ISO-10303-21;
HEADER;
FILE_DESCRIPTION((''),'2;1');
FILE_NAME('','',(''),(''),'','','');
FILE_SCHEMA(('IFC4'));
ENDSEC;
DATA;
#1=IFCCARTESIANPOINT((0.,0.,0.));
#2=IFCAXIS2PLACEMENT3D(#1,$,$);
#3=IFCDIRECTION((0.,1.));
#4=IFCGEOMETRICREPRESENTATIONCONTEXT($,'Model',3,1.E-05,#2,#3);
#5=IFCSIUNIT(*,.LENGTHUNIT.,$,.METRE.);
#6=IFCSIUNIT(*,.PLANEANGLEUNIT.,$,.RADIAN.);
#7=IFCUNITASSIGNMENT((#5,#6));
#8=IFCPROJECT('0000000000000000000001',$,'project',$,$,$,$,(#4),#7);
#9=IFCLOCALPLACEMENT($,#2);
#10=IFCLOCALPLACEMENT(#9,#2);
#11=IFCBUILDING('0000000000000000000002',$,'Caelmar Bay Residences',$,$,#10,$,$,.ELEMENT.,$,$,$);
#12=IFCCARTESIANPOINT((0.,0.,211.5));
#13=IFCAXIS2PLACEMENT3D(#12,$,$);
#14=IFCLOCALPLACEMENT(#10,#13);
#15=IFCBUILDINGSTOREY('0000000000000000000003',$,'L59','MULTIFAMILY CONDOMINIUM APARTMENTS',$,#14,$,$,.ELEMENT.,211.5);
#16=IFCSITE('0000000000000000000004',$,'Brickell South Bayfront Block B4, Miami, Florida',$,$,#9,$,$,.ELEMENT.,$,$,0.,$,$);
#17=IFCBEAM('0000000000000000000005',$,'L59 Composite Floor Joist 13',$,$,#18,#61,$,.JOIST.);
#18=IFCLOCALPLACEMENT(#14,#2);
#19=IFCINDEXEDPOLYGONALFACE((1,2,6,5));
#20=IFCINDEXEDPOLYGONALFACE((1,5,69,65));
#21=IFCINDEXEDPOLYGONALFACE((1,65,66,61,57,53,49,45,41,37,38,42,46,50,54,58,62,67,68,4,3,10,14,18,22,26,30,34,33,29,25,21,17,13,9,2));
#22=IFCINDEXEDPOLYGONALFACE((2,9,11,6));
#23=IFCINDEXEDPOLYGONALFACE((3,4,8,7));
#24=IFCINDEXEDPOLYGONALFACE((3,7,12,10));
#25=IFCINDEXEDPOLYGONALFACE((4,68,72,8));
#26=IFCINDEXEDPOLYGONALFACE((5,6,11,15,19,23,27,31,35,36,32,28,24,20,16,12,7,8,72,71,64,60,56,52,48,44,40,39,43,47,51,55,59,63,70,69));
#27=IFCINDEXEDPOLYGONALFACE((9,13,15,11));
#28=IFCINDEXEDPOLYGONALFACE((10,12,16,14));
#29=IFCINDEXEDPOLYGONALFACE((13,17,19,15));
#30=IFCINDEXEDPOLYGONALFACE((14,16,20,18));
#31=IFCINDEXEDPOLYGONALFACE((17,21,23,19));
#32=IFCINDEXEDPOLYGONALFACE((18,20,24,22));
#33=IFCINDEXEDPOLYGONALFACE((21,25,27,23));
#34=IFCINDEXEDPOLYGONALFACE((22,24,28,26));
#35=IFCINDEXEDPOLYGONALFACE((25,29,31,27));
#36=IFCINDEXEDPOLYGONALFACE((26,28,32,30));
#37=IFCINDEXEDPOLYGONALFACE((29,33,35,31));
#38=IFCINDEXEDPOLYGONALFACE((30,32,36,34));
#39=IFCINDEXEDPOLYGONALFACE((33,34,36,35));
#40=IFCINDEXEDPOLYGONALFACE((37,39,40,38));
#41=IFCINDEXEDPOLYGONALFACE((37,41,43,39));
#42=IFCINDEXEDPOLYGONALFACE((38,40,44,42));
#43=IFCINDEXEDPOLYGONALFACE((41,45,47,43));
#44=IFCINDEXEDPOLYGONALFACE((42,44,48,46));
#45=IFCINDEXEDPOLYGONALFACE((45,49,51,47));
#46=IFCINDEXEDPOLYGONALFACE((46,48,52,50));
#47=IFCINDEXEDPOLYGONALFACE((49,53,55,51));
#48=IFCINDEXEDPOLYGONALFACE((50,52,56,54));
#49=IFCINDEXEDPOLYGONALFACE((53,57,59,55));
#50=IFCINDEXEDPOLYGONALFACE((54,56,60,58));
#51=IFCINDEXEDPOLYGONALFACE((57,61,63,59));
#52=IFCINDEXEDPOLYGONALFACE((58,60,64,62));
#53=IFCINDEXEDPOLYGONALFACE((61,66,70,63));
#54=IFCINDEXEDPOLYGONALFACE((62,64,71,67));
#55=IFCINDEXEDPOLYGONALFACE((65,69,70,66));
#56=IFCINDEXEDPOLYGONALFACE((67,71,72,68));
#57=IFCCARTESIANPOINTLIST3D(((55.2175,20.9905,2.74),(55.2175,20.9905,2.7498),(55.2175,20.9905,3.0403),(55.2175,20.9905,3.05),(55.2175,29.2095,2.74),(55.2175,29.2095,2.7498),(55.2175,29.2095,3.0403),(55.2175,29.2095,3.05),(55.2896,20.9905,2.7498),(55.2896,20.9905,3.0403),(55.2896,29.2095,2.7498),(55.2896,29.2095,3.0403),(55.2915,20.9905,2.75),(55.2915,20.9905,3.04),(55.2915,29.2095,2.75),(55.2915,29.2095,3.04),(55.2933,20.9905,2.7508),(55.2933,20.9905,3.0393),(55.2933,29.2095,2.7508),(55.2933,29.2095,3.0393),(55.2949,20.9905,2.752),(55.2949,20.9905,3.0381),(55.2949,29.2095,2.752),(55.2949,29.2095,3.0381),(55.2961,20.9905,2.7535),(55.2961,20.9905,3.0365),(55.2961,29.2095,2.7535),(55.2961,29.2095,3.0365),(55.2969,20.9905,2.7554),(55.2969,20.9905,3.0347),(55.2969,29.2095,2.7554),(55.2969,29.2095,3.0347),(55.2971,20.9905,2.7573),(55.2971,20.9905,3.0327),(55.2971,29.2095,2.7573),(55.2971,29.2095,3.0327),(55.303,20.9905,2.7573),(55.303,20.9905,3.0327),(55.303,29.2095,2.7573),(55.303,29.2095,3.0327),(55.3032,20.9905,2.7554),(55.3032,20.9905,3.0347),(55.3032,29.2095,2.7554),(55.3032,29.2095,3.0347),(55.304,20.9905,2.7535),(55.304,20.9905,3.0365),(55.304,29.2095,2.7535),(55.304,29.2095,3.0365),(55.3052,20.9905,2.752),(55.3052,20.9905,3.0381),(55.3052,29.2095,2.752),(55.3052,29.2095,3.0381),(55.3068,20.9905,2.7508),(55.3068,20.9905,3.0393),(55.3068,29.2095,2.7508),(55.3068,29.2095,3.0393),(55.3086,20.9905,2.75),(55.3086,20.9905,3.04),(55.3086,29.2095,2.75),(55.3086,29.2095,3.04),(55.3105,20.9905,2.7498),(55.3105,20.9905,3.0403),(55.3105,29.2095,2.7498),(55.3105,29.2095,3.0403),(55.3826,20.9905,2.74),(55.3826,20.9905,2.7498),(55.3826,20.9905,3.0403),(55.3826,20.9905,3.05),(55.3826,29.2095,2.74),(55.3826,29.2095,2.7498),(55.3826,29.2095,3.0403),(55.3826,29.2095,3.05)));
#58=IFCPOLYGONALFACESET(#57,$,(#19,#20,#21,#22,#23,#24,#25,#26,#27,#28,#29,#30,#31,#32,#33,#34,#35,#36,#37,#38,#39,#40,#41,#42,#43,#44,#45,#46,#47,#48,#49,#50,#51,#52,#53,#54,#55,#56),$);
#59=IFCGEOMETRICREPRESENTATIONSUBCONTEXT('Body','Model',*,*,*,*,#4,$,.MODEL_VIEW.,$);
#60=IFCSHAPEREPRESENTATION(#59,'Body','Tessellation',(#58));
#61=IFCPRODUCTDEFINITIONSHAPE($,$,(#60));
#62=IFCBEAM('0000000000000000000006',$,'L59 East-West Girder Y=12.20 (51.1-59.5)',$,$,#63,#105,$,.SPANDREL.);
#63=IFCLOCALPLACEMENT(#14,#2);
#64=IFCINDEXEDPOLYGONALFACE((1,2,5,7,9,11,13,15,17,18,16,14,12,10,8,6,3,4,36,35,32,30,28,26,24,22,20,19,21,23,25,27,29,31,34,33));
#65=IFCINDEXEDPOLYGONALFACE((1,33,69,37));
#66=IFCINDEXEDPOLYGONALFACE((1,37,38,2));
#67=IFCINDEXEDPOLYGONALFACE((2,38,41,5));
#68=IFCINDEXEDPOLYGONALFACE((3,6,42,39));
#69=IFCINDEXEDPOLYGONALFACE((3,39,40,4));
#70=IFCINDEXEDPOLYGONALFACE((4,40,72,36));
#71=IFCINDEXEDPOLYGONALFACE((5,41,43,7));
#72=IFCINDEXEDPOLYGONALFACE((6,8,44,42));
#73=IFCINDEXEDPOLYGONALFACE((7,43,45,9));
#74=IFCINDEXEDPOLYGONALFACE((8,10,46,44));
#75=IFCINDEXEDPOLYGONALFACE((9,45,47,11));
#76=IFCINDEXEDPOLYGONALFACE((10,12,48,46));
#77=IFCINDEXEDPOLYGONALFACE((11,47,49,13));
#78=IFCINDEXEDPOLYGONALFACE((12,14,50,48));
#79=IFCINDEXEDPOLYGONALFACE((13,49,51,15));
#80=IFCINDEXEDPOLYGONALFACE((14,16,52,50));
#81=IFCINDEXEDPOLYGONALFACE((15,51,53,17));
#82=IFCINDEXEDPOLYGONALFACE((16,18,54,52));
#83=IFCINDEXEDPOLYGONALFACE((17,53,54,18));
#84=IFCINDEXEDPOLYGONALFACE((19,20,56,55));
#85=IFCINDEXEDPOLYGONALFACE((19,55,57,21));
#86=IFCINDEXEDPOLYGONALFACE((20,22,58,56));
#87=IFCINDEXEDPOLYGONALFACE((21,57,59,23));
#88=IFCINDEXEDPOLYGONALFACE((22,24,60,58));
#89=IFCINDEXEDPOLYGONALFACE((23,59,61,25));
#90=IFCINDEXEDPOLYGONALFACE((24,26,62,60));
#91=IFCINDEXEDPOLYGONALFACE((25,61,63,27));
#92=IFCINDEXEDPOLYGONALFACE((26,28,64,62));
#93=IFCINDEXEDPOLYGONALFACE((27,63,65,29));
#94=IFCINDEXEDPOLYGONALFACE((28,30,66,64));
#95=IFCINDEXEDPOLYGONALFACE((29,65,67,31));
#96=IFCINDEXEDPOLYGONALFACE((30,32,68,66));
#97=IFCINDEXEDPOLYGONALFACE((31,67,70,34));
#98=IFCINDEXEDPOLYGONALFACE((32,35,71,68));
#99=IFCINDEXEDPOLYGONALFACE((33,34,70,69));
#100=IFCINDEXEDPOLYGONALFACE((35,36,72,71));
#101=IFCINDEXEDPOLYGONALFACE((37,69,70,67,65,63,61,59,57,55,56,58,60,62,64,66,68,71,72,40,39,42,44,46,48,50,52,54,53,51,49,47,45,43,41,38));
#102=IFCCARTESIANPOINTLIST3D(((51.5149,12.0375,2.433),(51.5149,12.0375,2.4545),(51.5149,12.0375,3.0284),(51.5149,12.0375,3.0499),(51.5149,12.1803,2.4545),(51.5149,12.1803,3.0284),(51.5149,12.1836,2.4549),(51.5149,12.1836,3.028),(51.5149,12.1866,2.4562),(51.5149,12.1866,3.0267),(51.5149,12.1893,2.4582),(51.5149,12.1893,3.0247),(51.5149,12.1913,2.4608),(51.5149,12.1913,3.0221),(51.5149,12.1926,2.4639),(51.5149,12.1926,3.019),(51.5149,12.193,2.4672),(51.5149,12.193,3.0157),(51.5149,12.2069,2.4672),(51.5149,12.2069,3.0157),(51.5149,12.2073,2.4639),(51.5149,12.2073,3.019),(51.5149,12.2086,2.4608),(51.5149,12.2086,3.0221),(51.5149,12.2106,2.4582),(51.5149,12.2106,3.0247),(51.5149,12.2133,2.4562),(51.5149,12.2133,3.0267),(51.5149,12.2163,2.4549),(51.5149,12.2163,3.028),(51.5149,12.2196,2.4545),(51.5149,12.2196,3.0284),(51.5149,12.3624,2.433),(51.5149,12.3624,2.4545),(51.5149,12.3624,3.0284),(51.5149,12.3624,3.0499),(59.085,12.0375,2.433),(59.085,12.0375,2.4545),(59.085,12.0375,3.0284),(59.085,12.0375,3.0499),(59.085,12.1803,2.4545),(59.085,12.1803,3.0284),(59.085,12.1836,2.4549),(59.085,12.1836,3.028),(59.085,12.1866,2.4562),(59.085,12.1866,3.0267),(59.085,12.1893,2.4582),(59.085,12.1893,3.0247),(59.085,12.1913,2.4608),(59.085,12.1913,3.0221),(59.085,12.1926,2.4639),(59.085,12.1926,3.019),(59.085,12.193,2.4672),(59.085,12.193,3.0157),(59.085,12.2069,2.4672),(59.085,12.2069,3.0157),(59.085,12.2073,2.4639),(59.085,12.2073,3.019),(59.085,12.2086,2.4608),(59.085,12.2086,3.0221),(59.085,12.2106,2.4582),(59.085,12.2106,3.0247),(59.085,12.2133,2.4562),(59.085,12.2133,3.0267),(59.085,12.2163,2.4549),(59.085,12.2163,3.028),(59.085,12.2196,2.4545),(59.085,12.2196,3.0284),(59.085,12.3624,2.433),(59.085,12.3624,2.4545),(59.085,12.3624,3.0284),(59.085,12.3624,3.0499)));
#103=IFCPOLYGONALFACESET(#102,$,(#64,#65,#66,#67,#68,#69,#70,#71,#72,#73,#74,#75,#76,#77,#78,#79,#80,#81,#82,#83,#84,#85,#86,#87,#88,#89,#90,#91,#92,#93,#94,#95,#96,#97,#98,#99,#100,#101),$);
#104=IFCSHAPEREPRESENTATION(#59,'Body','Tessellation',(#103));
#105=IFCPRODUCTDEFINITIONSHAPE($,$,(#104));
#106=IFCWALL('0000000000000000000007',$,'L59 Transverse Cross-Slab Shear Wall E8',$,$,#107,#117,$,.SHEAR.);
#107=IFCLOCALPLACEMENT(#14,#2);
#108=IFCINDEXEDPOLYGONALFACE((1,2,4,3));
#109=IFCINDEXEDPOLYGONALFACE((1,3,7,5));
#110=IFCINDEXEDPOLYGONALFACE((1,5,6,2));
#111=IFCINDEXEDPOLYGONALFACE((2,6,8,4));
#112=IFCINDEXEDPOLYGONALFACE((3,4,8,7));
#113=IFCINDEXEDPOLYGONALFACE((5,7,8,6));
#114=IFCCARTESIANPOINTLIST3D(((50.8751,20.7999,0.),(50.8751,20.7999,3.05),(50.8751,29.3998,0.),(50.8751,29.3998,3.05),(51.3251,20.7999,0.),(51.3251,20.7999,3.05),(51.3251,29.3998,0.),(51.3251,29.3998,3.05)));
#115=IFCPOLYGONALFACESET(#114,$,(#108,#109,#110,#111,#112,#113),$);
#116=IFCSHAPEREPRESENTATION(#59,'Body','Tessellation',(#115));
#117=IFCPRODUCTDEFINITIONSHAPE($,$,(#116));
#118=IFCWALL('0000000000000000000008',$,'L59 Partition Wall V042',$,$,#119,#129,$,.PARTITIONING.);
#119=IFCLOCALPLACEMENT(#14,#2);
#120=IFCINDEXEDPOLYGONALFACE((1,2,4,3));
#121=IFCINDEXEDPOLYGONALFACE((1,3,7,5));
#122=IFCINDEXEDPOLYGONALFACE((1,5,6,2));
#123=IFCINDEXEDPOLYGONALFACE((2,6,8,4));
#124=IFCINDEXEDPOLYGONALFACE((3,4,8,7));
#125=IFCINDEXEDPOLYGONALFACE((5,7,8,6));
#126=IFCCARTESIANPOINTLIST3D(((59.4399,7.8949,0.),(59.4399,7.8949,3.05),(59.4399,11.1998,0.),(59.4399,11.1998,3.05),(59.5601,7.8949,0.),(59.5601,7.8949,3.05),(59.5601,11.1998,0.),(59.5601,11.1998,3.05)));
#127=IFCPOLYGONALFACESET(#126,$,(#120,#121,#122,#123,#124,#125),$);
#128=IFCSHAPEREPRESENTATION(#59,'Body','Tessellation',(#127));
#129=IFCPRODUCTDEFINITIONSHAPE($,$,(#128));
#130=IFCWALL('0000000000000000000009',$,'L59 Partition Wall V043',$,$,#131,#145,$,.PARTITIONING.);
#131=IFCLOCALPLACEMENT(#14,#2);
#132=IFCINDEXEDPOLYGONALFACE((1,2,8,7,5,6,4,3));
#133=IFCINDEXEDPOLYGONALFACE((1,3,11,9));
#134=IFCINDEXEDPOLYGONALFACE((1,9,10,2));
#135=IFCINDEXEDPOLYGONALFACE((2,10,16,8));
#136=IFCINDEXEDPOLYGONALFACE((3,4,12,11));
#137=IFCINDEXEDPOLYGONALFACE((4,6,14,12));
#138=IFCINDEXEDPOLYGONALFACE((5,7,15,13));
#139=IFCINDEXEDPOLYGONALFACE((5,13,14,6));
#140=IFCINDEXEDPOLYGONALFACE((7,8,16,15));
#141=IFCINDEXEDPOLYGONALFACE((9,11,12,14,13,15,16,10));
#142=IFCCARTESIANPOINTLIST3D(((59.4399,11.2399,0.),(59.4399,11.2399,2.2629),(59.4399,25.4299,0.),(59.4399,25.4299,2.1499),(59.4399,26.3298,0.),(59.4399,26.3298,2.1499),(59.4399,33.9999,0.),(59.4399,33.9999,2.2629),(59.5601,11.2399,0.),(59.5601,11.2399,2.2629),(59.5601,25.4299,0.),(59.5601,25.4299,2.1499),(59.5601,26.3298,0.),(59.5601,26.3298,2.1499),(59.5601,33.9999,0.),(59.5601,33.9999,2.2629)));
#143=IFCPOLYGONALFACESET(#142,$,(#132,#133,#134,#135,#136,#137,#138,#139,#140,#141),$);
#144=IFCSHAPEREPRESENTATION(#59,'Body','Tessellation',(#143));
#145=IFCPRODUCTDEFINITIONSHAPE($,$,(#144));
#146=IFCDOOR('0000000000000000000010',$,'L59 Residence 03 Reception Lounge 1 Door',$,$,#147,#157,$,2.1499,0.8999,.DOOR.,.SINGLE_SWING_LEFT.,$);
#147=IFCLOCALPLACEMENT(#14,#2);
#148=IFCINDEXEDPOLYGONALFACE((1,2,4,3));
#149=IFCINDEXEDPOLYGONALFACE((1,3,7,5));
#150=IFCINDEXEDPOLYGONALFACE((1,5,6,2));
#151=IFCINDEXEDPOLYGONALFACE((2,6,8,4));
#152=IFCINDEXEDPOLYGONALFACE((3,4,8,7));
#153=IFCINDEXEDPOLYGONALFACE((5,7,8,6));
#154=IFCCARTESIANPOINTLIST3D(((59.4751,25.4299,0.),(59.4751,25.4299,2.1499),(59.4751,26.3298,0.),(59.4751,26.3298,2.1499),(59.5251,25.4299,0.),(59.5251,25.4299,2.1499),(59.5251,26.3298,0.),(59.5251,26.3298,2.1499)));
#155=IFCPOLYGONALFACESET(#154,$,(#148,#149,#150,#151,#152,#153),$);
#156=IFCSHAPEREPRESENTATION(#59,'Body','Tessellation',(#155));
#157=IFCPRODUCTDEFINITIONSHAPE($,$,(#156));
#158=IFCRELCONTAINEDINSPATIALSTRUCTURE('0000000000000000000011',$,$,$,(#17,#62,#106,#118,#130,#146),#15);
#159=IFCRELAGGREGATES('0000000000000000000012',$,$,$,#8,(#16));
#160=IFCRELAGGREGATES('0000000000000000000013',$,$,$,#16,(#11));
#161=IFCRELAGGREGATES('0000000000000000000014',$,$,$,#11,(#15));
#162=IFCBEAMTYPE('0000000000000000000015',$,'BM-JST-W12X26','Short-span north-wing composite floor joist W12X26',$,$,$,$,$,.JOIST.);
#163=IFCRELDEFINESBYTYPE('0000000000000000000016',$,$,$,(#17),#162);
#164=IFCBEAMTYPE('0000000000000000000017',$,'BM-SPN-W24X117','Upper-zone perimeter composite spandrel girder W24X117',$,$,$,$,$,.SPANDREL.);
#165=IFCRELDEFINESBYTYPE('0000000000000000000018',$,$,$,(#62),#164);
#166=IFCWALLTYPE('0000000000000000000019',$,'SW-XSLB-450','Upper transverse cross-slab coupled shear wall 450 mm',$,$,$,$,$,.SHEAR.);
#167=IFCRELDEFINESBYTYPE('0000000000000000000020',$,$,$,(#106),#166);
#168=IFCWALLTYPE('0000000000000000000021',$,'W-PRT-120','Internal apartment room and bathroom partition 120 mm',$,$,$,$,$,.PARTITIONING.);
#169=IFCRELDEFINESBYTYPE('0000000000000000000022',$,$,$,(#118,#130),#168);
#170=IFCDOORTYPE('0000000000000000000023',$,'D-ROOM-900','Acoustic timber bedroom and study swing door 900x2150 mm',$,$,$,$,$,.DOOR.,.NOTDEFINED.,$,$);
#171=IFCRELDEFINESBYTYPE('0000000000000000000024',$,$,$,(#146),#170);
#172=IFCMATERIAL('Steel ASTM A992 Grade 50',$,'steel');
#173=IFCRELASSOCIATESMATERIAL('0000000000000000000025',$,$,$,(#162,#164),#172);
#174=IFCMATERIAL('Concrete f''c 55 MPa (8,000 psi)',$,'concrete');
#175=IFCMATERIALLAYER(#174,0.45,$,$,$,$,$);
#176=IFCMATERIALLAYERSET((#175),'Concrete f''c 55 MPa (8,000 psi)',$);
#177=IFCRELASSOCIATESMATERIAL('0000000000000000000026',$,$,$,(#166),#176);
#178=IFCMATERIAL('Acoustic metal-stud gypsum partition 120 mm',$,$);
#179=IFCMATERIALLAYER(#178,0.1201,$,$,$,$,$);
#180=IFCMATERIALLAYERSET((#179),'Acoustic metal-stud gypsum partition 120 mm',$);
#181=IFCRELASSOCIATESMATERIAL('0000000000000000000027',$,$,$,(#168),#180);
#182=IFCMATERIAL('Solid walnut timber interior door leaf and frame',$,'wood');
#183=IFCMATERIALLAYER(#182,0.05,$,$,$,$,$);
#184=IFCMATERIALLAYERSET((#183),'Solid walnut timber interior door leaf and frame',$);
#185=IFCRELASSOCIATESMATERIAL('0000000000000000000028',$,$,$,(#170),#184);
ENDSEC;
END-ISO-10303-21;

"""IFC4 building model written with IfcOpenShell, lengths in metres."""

from ifc_helpers import new_model, si_unit, direction, frame, frame_2d, origin, origin_2d, place, context, subcontext, project, spatial, rectangle, i_section, extrude, material, layer, layer_set, material_profile, profile_set, type_object, element, fill, save


model = new_model("IFC4")

# Units and contexts
model_context = context("Model", 3, precision=1e-05, world=origin(), true_north=direction((0.0, 1.0)))
body_context = subcontext(model_context, "Body", "Model", "MODEL_VIEW")
ifc_project = project(units=[si_unit("LENGTHUNIT", "METRE"), si_unit("PLANEANGLEUNIT", "RADIAN")], contexts=[model_context])

# Site, building, storey
site_placement = place(None, origin())
site = spatial("IfcSite", under=ifc_project, at=site_placement, Name="Brickell South Bayfront Block B4, Miami, Florida", CompositionType="ELEMENT", RefElevation=0.0)
building_placement = place(site_placement, origin())
building = spatial("IfcBuilding", under=site, at=building_placement, Name="Caelmar Bay Residences", CompositionType="ELEMENT")
storey_placement = place(building_placement, frame((0.0, 0.0, 211.5)))
storey = spatial("IfcBuildingStorey", under=building, at=storey_placement, Name="L59", Description="MULTIFAMILY CONDOMINIUM APARTMENTS", CompositionType="ELEMENT", Elevation=211.5)

# Shared definitions
ifc_material_1 = material(Name="Concrete f'c 55 MPa (8,000 psi)", Category="concrete")

# Beams
ifc_material_2 = material(Name="Steel ASTM A992 Grade 50", Category="steel")
ifc_material_profile_1 = material_profile(ifc_material_2, i_section(OverallWidth=0.165, OverallDepth=0.3101, WebThickness=0.0059, FlangeThickness=0.0098, FilletRadius=0.0076, at=origin_2d()), Name="W12X26")
ifc_profile_set_1 = profile_set([ifc_material_profile_1], Name="Steel ASTM A992 Grade 50")
beam_type_1 = type_object("IfcBeamType", Name="BM-JST-W12X26", Description="Short-span north-wing composite floor joist W12X26", PredefinedType="JOIST", material=ifc_profile_set_1)
beam_1_placement = place(storey_placement, frame((55.3, 20.9905, 2.895), z_axis=(0.0, 1.0, 0.0), x_axis=(-1.0, 0.0, 0.0)))
element("IfcBeam", 1, at=beam_1_placement, inside=storey, type_object=beam_type_1, Name="L59 Composite Floor Joist 13", PredefinedType="JOIST", context=body_context, shape_type="SweptSolid", body=[
    extrude(i_section(OverallWidth=0.165, OverallDepth=0.3101, WebThickness=0.0059, FlangeThickness=0.0098, FilletRadius=0.0076, at=origin_2d()), origin(), (0.0, 0.0, 1.0), 8.219),
])
ifc_material_profile_2 = material_profile(ifc_material_2, i_section(OverallWidth=0.325, OverallDepth=0.6169, WebThickness=0.0139, FlangeThickness=0.0215, FilletRadius=0.0127, at=origin_2d()), Name="W24X117")
ifc_profile_set_2 = profile_set([ifc_material_profile_2], Name="Steel ASTM A992 Grade 50")
beam_type_2 = type_object("IfcBeamType", Name="BM-SPN-W24X117", Description="Upper-zone perimeter composite spandrel girder W24X117", PredefinedType="SPANDREL", material=ifc_profile_set_2)
beam_2_placement = place(storey_placement, frame((51.5149, 12.2, 2.7415), z_axis=(1.0, 0.0, 0.0), x_axis=(0.0, 1.0, 0.0)))
element("IfcBeam", 2, at=beam_2_placement, inside=storey, type_object=beam_type_2, Name="L59 East-West Girder Y=12.20 (51.1-59.5)", PredefinedType="SPANDREL", context=body_context, shape_type="SweptSolid", body=[
    extrude(i_section(OverallWidth=0.325, OverallDepth=0.6169, WebThickness=0.0139, FlangeThickness=0.0215, FilletRadius=0.0127, at=origin_2d()), origin(), (0.0, 0.0, 1.0), 7.5701),
])

# Walls
ifc_layer_1 = layer(ifc_material_1, 0.45)
ifc_layer_set_1 = layer_set([ifc_layer_1], Name="Concrete f'c 55 MPa (8,000 psi)")
wall_type_1 = type_object("IfcWallType", Name="SW-XSLB-450", Description="Upper transverse cross-slab coupled shear wall 450 mm", PredefinedType="SHEAR", material=ifc_layer_set_1)
wall_1_placement = place(storey_placement, frame((51.1001, 20.8, 0.0), z_axis=(0.0, 0.0, 1.0), x_axis=(0.0, 1.0, 0.0)))
element("IfcWall", 3, at=wall_1_placement, inside=storey, type_object=wall_type_1, Name="L59 Transverse Cross-Slab Shear Wall E8", PredefinedType="SHEAR", context=body_context, shape_type="SweptSolid", body=[
    extrude(rectangle(XDim=8.5999, YDim=0.45, at=frame_2d((4.2998, 0.0))), origin(), (0.0, 0.0, 1.0), 3.05),
])
ifc_material_3 = material(Name="Acoustic metal-stud gypsum partition 120 mm")
ifc_layer_2 = layer(ifc_material_3, 0.1201)
ifc_layer_set_2 = layer_set([ifc_layer_2], Name="Acoustic metal-stud gypsum partition 120 mm")
wall_type_2 = type_object("IfcWallType", Name="W-PRT-120", Description="Internal apartment room and bathroom partition 120 mm", PredefinedType="PARTITIONING", material=ifc_layer_set_2)
wall_2_placement = place(storey_placement, frame((59.5, 7.895, 0.0), z_axis=(0.0, 0.0, 1.0), x_axis=(0.0, 1.0, 0.0)))
element("IfcWall", 4, at=wall_2_placement, inside=storey, type_object=wall_type_2, Name="L59 Partition Wall V042", PredefinedType="PARTITIONING", context=body_context, shape_type="SweptSolid", body=[
    extrude(rectangle(XDim=3.3049, YDim=0.1201, at=frame_2d((1.6523, 0.0))), origin(), (0.0, 0.0, 1.0), 3.05),
])

# Wall, opening, door
wall_3_placement = place(storey_placement, frame((59.5, 11.24, 0.0), z_axis=(0.0, 0.0, 1.0), x_axis=(0.0, 1.0, 0.0)))
wall_3 = element("IfcWall", 5, at=wall_3_placement, inside=storey, type_object=wall_type_2, Name="L59 Partition Wall V043", PredefinedType="PARTITIONING", context=body_context, shape_type="SweptSolid", body=[
    extrude(rectangle(XDim=22.76, YDim=0.1201, at=frame_2d((11.3799, 0.0))), origin(), (0.0, 0.0, 1.0), 2.2629),
])
opening_1_placement = place(wall_3_placement, frame((14.1899, 0.0, 0.0)))
opening_1 = element("IfcOpeningElement", 6, at=opening_1_placement, cuts=wall_3, PredefinedType="OPENING", context=body_context, shape_type="SweptSolid", body=[
    extrude(rectangle(XDim=0.8999, YDim=2.1499, at=frame_2d((0.45, 1.075))), frame((0.0, 0.0701, 0.0), z_axis=(0.0, -1.0, 0.0), x_axis=(1.0, 0.0, 0.0)), (0.0, 0.0, 1.0), 0.1401),
])
ifc_material_4 = material(Name="Solid walnut timber interior door leaf and frame", Category="wood")
ifc_layer_3 = layer(ifc_material_4, 0.05)
ifc_layer_set_3 = layer_set([ifc_layer_3], Name="Solid walnut timber interior door leaf and frame")
door_type = type_object("IfcDoorType", Name="D-ROOM-900", Description="Acoustic timber bedroom and study swing door 900x2150 mm", OperationType="NOTDEFINED", PredefinedType="DOOR", material=ifc_layer_set_3)
door_1_placement = place(opening_1_placement, origin())
door_1 = element("IfcDoor", 7, at=door_1_placement, inside=storey, type_object=door_type, Name="L59 Residence 03 Reception Lounge 1 Door", OperationType="SINGLE_SWING_LEFT", OverallHeight=2.1499, OverallWidth=0.8999, PredefinedType="DOOR", context=body_context, shape_type="SweptSolid", body=[
    extrude(rectangle(XDim=0.8999, YDim=2.1499, at=frame_2d((0.45, 1.075))), frame((0.0, 0.0249, 0.0), z_axis=(0.0, -1.0, 0.0), x_axis=(1.0, 0.0, 0.0)), (0.0, 0.0, 1.0), 0.05),
])
fill(opening_1, door_1)

save(model, "model.ifc")
